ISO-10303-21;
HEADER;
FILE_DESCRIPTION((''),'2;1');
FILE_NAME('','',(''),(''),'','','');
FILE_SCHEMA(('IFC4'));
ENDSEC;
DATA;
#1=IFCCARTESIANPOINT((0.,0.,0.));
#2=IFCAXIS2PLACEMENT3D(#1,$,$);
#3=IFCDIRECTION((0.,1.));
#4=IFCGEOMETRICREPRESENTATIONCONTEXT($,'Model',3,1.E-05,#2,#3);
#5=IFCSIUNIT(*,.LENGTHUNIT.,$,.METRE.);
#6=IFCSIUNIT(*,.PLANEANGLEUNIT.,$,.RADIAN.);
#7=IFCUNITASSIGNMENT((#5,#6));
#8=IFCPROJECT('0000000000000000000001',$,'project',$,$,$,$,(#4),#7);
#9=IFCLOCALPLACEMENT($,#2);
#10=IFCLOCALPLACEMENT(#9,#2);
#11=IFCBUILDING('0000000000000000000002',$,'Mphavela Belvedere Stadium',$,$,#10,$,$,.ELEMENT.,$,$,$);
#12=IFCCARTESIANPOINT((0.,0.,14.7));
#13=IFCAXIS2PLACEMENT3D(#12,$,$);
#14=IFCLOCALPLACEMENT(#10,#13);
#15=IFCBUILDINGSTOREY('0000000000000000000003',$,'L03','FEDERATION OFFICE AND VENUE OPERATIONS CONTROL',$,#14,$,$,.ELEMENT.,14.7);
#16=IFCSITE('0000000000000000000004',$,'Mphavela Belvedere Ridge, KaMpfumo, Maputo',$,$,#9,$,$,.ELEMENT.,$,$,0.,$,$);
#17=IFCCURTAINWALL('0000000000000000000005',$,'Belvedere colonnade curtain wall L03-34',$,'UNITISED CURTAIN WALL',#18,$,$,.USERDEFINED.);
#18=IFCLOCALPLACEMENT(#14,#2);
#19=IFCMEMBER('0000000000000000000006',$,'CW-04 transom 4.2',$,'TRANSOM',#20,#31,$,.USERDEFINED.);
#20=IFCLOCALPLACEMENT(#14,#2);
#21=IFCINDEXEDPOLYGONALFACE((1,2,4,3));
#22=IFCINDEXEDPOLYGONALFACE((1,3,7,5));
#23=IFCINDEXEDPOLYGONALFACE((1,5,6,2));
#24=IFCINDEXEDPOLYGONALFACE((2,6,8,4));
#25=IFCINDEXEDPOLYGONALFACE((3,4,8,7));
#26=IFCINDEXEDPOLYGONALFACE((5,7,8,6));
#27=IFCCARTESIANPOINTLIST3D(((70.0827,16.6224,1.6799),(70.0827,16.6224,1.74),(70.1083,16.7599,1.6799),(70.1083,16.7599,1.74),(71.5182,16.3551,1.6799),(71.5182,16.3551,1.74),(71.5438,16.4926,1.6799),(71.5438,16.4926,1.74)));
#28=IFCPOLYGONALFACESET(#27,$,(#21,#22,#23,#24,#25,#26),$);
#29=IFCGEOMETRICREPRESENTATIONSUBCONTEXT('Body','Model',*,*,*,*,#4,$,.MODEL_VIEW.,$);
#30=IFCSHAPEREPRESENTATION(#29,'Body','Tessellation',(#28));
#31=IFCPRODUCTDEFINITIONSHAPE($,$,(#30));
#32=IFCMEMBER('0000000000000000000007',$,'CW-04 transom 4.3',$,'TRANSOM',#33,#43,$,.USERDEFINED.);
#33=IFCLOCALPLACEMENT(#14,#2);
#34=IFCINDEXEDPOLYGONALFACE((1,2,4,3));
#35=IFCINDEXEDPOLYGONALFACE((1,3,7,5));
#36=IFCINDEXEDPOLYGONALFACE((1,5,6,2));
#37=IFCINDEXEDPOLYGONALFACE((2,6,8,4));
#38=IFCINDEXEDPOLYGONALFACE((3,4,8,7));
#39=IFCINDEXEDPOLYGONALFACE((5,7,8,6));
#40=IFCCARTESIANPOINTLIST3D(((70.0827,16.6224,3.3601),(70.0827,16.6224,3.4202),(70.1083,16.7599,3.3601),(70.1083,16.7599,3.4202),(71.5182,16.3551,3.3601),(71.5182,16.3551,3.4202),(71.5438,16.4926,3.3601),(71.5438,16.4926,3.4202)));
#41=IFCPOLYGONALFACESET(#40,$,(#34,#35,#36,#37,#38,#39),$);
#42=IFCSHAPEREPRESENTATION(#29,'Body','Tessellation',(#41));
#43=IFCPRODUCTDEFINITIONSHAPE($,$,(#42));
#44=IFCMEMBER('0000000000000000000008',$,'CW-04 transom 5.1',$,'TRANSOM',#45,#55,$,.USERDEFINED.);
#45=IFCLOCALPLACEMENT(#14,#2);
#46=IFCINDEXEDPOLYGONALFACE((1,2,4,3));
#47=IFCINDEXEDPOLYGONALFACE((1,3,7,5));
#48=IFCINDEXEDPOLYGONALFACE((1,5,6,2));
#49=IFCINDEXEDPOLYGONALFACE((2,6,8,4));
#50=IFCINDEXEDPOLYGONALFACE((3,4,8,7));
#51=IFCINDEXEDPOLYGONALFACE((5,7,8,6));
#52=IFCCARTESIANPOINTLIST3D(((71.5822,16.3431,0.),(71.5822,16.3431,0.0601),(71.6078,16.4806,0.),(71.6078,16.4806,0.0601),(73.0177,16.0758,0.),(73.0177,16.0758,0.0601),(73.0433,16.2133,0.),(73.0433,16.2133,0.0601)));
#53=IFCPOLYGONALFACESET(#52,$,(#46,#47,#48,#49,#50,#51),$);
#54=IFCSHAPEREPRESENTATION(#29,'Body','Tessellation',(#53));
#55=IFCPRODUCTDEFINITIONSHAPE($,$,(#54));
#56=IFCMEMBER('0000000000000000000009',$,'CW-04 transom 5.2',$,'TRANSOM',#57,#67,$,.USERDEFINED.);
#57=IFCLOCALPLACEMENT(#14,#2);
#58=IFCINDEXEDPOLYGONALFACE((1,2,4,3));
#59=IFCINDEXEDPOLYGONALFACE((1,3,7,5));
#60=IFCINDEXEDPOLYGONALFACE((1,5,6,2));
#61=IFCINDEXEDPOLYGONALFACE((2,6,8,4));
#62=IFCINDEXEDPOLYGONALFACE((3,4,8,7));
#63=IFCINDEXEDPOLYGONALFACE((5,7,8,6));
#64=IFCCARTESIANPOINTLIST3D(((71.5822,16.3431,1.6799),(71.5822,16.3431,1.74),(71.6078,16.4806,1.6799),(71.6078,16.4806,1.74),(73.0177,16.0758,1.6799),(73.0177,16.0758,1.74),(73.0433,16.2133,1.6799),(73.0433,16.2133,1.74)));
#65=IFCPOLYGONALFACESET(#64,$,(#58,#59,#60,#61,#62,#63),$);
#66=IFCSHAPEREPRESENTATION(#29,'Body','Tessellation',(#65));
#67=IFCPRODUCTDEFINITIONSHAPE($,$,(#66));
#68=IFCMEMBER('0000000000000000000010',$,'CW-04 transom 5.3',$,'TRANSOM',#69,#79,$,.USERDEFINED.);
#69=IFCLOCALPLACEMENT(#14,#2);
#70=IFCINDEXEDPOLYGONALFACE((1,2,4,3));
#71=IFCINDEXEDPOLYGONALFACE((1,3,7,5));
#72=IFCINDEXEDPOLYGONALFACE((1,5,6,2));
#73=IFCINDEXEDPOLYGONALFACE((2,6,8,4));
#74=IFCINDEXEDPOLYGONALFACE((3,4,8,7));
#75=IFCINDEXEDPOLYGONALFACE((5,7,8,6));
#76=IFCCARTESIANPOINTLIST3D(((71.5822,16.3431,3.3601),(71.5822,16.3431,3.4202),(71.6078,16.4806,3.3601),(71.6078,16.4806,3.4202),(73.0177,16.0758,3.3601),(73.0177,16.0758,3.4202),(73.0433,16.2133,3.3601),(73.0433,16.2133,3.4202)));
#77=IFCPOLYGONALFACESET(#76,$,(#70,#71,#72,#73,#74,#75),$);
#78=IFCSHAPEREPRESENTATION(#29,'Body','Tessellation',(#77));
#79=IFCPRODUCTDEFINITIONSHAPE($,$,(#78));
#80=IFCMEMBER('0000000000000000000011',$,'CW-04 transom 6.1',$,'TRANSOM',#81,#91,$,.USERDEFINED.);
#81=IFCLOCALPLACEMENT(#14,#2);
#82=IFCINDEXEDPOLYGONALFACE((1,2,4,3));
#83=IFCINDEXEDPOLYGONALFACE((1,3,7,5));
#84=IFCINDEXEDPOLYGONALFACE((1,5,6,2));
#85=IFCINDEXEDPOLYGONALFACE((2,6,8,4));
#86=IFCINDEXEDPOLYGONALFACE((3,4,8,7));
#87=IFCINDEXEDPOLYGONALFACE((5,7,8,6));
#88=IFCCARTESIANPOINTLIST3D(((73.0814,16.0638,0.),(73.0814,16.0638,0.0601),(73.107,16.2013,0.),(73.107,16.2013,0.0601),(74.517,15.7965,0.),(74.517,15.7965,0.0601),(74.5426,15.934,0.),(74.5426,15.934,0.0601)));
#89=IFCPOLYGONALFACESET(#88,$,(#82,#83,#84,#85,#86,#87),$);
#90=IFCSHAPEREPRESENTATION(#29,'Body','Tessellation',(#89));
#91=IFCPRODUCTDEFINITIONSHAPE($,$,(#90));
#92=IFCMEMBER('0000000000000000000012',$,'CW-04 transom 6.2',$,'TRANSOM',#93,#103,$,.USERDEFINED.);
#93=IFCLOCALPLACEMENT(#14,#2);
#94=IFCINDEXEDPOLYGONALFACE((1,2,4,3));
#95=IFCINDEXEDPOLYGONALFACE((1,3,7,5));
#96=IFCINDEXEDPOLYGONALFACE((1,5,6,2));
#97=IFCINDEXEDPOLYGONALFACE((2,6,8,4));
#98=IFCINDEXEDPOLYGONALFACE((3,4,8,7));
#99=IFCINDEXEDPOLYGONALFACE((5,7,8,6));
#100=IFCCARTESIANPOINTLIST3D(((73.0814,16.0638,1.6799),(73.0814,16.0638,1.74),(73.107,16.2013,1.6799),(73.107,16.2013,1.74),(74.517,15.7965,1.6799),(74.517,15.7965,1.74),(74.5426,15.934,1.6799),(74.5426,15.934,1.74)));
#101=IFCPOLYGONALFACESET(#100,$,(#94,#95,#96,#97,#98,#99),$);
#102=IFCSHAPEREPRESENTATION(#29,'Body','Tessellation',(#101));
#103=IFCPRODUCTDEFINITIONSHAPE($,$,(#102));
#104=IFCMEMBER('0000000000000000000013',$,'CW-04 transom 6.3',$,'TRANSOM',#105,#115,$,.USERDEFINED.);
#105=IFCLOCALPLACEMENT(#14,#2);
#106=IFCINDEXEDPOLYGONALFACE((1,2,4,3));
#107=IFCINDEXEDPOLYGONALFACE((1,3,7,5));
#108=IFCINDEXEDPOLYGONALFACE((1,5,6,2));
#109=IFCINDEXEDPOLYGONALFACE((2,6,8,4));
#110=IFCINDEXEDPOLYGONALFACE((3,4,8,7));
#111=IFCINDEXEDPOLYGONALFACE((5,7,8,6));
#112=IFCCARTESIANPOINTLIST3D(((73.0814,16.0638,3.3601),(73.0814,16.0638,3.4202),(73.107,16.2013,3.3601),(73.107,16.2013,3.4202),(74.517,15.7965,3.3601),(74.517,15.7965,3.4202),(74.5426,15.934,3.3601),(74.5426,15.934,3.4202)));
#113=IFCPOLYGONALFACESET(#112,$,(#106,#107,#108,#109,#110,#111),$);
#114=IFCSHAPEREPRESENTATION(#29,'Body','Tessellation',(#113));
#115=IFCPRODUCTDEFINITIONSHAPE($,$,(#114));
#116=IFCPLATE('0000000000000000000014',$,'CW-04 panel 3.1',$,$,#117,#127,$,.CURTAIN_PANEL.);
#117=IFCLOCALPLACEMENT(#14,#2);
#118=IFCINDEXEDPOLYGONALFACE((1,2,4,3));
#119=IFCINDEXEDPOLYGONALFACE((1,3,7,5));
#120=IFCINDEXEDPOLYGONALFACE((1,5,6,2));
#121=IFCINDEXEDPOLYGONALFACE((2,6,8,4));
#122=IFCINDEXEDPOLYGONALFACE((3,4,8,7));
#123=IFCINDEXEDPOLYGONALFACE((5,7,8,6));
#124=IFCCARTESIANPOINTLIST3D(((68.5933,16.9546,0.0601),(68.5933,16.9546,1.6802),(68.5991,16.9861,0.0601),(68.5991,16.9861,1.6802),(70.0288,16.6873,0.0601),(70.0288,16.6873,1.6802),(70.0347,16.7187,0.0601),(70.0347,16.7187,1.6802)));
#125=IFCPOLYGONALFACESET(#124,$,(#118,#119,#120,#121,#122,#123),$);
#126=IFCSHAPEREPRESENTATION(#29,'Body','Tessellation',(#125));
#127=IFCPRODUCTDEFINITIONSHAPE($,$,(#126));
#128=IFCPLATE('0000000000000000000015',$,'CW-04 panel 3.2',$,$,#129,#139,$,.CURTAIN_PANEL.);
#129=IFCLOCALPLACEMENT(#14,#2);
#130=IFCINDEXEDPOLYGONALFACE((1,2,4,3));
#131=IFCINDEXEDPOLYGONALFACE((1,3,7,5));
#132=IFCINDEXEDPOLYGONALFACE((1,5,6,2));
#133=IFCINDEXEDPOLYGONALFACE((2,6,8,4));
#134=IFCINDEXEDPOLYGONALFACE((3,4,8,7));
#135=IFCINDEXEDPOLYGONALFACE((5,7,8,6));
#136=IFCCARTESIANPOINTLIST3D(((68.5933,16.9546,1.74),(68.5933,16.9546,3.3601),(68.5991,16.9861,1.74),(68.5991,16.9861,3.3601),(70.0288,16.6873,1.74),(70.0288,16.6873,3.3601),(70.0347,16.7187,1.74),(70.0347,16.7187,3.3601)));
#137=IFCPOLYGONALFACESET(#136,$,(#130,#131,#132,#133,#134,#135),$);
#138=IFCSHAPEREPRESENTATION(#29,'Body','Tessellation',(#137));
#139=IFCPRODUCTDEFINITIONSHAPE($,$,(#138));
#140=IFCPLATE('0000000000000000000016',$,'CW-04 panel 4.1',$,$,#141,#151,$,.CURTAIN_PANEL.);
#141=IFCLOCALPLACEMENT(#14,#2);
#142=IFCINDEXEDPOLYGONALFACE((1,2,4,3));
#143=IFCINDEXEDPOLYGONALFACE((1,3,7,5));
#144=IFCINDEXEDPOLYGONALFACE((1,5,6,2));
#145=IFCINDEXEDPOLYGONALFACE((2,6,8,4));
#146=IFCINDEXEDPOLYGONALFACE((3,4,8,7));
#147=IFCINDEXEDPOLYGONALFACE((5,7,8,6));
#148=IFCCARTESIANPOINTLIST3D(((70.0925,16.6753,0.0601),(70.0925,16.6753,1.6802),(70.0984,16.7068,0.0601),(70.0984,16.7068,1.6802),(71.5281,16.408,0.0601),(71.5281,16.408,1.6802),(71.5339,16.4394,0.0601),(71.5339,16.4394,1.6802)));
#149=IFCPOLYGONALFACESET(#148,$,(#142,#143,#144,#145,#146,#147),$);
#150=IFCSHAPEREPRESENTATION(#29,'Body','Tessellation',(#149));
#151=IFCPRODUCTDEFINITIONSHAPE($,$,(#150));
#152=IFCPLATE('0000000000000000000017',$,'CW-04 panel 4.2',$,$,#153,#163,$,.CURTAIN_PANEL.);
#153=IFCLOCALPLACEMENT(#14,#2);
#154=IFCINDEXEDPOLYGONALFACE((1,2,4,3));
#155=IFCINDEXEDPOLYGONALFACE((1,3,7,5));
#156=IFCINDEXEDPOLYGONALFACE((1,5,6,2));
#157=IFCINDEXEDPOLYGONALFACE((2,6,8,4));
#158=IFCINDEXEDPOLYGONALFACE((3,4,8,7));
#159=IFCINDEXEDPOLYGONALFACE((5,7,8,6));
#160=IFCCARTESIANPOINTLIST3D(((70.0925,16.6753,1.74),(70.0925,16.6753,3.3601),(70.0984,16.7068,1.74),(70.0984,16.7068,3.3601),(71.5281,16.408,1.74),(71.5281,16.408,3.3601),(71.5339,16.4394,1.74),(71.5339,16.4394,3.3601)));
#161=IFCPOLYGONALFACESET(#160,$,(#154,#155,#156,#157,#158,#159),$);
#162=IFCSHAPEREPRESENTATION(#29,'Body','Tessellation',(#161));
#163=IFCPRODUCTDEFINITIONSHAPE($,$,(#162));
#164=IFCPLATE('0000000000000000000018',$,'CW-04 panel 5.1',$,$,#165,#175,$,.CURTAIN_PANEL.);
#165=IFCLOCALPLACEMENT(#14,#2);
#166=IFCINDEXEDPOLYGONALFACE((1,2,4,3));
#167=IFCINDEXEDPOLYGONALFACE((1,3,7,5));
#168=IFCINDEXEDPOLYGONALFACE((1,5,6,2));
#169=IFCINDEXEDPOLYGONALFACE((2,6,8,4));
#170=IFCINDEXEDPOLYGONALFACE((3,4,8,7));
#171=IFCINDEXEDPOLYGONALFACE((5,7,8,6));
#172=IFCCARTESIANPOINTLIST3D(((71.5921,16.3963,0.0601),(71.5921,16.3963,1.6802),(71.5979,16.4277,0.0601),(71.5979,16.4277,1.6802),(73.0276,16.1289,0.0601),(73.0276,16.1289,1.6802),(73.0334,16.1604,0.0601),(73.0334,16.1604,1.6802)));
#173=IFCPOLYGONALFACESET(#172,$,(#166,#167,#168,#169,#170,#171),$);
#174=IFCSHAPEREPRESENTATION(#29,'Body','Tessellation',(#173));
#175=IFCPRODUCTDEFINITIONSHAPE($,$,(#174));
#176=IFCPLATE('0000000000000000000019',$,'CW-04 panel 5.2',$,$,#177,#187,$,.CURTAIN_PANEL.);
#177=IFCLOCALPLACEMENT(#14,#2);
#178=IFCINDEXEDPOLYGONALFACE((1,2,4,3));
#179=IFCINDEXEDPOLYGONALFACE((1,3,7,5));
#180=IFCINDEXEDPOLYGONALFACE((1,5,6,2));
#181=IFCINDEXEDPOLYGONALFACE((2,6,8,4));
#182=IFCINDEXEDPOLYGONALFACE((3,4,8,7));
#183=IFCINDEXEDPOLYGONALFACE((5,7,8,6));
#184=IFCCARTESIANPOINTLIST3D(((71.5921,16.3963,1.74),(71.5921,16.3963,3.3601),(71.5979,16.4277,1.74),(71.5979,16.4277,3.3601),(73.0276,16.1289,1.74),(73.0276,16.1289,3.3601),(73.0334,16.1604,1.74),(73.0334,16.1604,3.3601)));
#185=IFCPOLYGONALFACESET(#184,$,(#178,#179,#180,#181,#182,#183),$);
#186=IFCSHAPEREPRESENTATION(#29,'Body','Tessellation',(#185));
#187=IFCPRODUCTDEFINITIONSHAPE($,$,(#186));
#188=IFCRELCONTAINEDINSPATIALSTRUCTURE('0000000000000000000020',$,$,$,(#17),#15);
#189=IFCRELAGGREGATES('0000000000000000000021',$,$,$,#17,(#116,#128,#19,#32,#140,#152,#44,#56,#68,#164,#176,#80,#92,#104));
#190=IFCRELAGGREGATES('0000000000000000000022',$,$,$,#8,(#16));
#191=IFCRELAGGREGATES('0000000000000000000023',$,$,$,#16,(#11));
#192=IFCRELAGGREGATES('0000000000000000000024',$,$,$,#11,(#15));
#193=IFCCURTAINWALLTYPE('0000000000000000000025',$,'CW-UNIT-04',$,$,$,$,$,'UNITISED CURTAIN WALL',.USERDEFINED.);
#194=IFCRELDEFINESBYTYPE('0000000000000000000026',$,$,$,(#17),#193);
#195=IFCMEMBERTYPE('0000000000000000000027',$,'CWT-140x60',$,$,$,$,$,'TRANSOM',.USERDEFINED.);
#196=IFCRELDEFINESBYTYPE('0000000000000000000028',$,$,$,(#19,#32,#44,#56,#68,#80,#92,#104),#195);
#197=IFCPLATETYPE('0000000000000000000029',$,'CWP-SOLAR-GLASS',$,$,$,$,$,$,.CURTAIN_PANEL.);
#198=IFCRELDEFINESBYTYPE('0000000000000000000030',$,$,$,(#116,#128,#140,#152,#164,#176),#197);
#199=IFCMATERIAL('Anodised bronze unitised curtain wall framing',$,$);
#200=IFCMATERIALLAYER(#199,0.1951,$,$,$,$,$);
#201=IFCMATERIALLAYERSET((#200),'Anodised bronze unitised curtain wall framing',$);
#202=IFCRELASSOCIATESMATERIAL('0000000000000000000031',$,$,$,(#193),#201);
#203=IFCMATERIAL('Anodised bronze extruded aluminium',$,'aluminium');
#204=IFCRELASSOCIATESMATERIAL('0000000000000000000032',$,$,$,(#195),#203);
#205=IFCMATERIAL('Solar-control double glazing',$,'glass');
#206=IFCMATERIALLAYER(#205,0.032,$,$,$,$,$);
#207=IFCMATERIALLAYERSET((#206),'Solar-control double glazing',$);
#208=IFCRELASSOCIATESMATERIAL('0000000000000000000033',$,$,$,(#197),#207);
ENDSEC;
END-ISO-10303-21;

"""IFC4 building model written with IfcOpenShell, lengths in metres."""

from ifc_helpers import new_model, si_unit, direction, frame, origin, origin_2d, place, context, subcontext, project, spatial, rectangle, extrude, material, layer, layer_set, material_profile, profile_set, type_object, element, aggregate, save


model = new_model("IFC4")

# Units and contexts
model_context = context("Model", 3, precision=1e-05, world=origin(), true_north=direction((0.0, 1.0)))
body_context = subcontext(model_context, "Body", "Model", "MODEL_VIEW")
ifc_project = project(units=[si_unit("LENGTHUNIT", "METRE"), si_unit("PLANEANGLEUNIT", "RADIAN")], contexts=[model_context])

# Site, building, storey
site_placement = place(None, origin())
site = spatial("IfcSite", under=ifc_project, at=site_placement, Name="Mphavela Belvedere Ridge, KaMpfumo, Maputo", CompositionType="ELEMENT", RefElevation=0.0)
building_placement = place(site_placement, origin())
building = spatial("IfcBuilding", under=site, at=building_placement, Name="Mphavela Belvedere Stadium", CompositionType="ELEMENT")
storey_placement = place(building_placement, frame((0.0, 0.0, 14.7)))
storey = spatial("IfcBuildingStorey", under=building, at=storey_placement, Name="L03", Description="FEDERATION OFFICE AND VENUE OPERATIONS CONTROL", CompositionType="ELEMENT", Elevation=14.7)

# Curtain wall, members, plates
ifc_material_1 = material(Name="Anodised bronze unitised curtain wall framing")
ifc_layer_1 = layer(ifc_material_1, 0.1951)
ifc_layer_set_1 = layer_set([ifc_layer_1], Name="Anodised bronze unitised curtain wall framing")
curtain_wall_type = type_object("IfcCurtainWallType", Name="CW-UNIT-04", ElementType="UNITISED CURTAIN WALL", PredefinedType="USERDEFINED", material=ifc_layer_set_1)
curtain_wall_placement = place(storey_placement, origin())
curtain_wall = element("IfcCurtainWall", 1, at=curtain_wall_placement, inside=storey, type_object=curtain_wall_type, Name="Belvedere colonnade curtain wall L03-34", ObjectType="UNITISED CURTAIN WALL", PredefinedType="USERDEFINED")
ifc_material_2 = material(Name="Anodised bronze extruded aluminium", Category="aluminium")
ifc_material_profile_1 = material_profile(ifc_material_2, rectangle(XDim=0.1399, YDim=0.0601, at=origin_2d()), Name="CW-TRN 140x60")
ifc_profile_set_1 = profile_set([ifc_material_profile_1], Name="Anodised bronze extruded aluminium")
member_type_1 = type_object("IfcMemberType", Name="CWT-140x60", ElementType="TRANSOM", PredefinedType="USERDEFINED", material=ifc_profile_set_1)
member_1_placement = place(storey_placement, frame((70.0955, 16.6912, 1.71), z_axis=(0.983099, -0.183077, 0.0), x_axis=(0.183077, 0.983099, 0.0)))
member_1 = element("IfcMember", 2, at=member_1_placement, type_object=member_type_1, Name="CW-04 transom 4.2", ObjectType="TRANSOM", PredefinedType="USERDEFINED", context=body_context, shape_type="SweptSolid", body=[
    extrude(rectangle(XDim=0.1399, YDim=0.0601, at=origin_2d()), origin(), (0.0, 0.0, 1.0), 1.4602),
])
member_2_placement = place(storey_placement, frame((70.0955, 16.6912, 3.3901), z_axis=(0.983099, -0.183077, 0.0), x_axis=(0.183077, 0.983099, 0.0)))
member_2 = element("IfcMember", 3, at=member_2_placement, type_object=member_type_1, Name="CW-04 transom 4.3", ObjectType="TRANSOM", PredefinedType="USERDEFINED", context=body_context, shape_type="SweptSolid", body=[
    extrude(rectangle(XDim=0.1399, YDim=0.0601, at=origin_2d()), origin(), (0.0, 0.0, 1.0), 1.4602),
])
member_3_placement = place(storey_placement, frame((71.595, 16.4119, 0.03), z_axis=(0.983099, -0.183077, 0.0), x_axis=(0.183077, 0.983099, 0.0)))
member_3 = element("IfcMember", 4, at=member_3_placement, type_object=member_type_1, Name="CW-04 transom 5.1", ObjectType="TRANSOM", PredefinedType="USERDEFINED", context=body_context, shape_type="SweptSolid", body=[
    extrude(rectangle(XDim=0.1399, YDim=0.0601, at=origin_2d()), origin(), (0.0, 0.0, 1.0), 1.4602),
])
member_4_placement = place(storey_placement, frame((71.595, 16.4119, 1.71), z_axis=(0.983099, -0.183077, 0.0), x_axis=(0.183077, 0.983099, 0.0)))
member_4 = element("IfcMember", 5, at=member_4_placement, type_object=member_type_1, Name="CW-04 transom 5.2", ObjectType="TRANSOM", PredefinedType="USERDEFINED", context=body_context, shape_type="SweptSolid", body=[
    extrude(rectangle(XDim=0.1399, YDim=0.0601, at=origin_2d()), origin(), (0.0, 0.0, 1.0), 1.4602),
])
member_5_placement = place(storey_placement, frame((71.595, 16.4119, 3.3901), z_axis=(0.983099, -0.183077, 0.0), x_axis=(0.183077, 0.983099, 0.0)))
member_5 = element("IfcMember", 6, at=member_5_placement, type_object=member_type_1, Name="CW-04 transom 5.3", ObjectType="TRANSOM", PredefinedType="USERDEFINED", context=body_context, shape_type="SweptSolid", body=[
    extrude(rectangle(XDim=0.1399, YDim=0.0601, at=origin_2d()), origin(), (0.0, 0.0, 1.0), 1.4602),
])
member_6_placement = place(storey_placement, frame((73.0942, 16.1326, 0.03), z_axis=(0.983099, -0.183077, 0.0), x_axis=(0.183077, 0.983099, 0.0)))
member_6 = element("IfcMember", 7, at=member_6_placement, type_object=member_type_1, Name="CW-04 transom 6.1", ObjectType="TRANSOM", PredefinedType="USERDEFINED", context=body_context, shape_type="SweptSolid", body=[
    extrude(rectangle(XDim=0.1399, YDim=0.0601, at=origin_2d()), origin(), (0.0, 0.0, 1.0), 1.4602),
])
member_7_placement = place(storey_placement, frame((73.0942, 16.1326, 1.71), z_axis=(0.983099, -0.183077, 0.0), x_axis=(0.183077, 0.983099, 0.0)))
member_7 = element("IfcMember", 8, at=member_7_placement, type_object=member_type_1, Name="CW-04 transom 6.2", ObjectType="TRANSOM", PredefinedType="USERDEFINED", context=body_context, shape_type="SweptSolid", body=[
    extrude(rectangle(XDim=0.1399, YDim=0.0601, at=origin_2d()), origin(), (0.0, 0.0, 1.0), 1.4602),
])
member_8_placement = place(storey_placement, frame((73.0942, 16.1326, 3.3901), z_axis=(0.983099, -0.183077, 0.0), x_axis=(0.183077, 0.983099, 0.0)))
member_8 = element("IfcMember", 9, at=member_8_placement, type_object=member_type_1, Name="CW-04 transom 6.3", ObjectType="TRANSOM", PredefinedType="USERDEFINED", context=body_context, shape_type="SweptSolid", body=[
    extrude(rectangle(XDim=0.1399, YDim=0.0601, at=origin_2d()), origin(), (0.0, 0.0, 1.0), 1.4602),
])
ifc_material_3 = material(Name="Solar-control double glazing", Category="glass")
ifc_layer_2 = layer(ifc_material_3, 0.032)
ifc_layer_set_2 = layer_set([ifc_layer_2], Name="Solar-control double glazing")
plate_type = type_object("IfcPlateType", Name="CWP-SOLAR-GLASS", PredefinedType="CURTAIN_PANEL", material=ifc_layer_set_2)
plate_1_placement = place(storey_placement, frame((69.314, 16.8367, 0.0601), z_axis=(0.0, 0.0, 1.0), x_axis=(0.983097, -0.183088, 0.0)))
plate_1 = element("IfcPlate", 10, at=plate_1_placement, type_object=plate_type, Name="CW-04 panel 3.1", PredefinedType="CURTAIN_PANEL", context=body_context, shape_type="SweptSolid", body=[
    extrude(rectangle(XDim=1.4602, YDim=0.032, at=origin_2d()), origin(), (0.0, 0.0, 1.0), 1.6201),
])
plate_2_placement = place(storey_placement, frame((69.314, 16.8367, 1.74), z_axis=(0.0, 0.0, 1.0), x_axis=(0.983097, -0.183088, 0.0)))
plate_2 = element("IfcPlate", 11, at=plate_2_placement, type_object=plate_type, Name="CW-04 panel 3.2", PredefinedType="CURTAIN_PANEL", context=body_context, shape_type="SweptSolid", body=[
    extrude(rectangle(XDim=1.4602, YDim=0.032, at=origin_2d()), origin(), (0.0, 0.0, 1.0), 1.6201),
])
plate_3_placement = place(storey_placement, frame((70.8132, 16.5574, 0.0601), z_axis=(0.0, 0.0, 1.0), x_axis=(0.983097, -0.183088, 0.0)))
plate_3 = element("IfcPlate", 12, at=plate_3_placement, type_object=plate_type, Name="CW-04 panel 4.1", PredefinedType="CURTAIN_PANEL", context=body_context, shape_type="SweptSolid", body=[
    extrude(rectangle(XDim=1.4602, YDim=0.032, at=origin_2d()), origin(), (0.0, 0.0, 1.0), 1.6201),
])
plate_4_placement = place(storey_placement, frame((70.8132, 16.5574, 1.74), z_axis=(0.0, 0.0, 1.0), x_axis=(0.983097, -0.183088, 0.0)))
plate_4 = element("IfcPlate", 13, at=plate_4_placement, type_object=plate_type, Name="CW-04 panel 4.2", PredefinedType="CURTAIN_PANEL", context=body_context, shape_type="SweptSolid", body=[
    extrude(rectangle(XDim=1.4602, YDim=0.032, at=origin_2d()), origin(), (0.0, 0.0, 1.0), 1.6201),
])
plate_5_placement = place(storey_placement, frame((72.3127, 16.2783, 0.0601), z_axis=(0.0, 0.0, 1.0), x_axis=(0.983097, -0.183088, 0.0)))
plate_5 = element("IfcPlate", 14, at=plate_5_placement, type_object=plate_type, Name="CW-04 panel 5.1", PredefinedType="CURTAIN_PANEL", context=body_context, shape_type="SweptSolid", body=[
    extrude(rectangle(XDim=1.4602, YDim=0.032, at=origin_2d()), origin(), (0.0, 0.0, 1.0), 1.6201),
])
plate_6_placement = place(storey_placement, frame((72.3127, 16.2783, 1.74), z_axis=(0.0, 0.0, 1.0), x_axis=(0.983097, -0.183088, 0.0)))
plate_6 = element("IfcPlate", 15, at=plate_6_placement, type_object=plate_type, Name="CW-04 panel 5.2", PredefinedType="CURTAIN_PANEL", context=body_context, shape_type="SweptSolid", body=[
    extrude(rectangle(XDim=1.4602, YDim=0.032, at=origin_2d()), origin(), (0.0, 0.0, 1.0), 1.6201),
])
aggregate(curtain_wall, [plate_1, plate_2, member_1, member_2, plate_3, plate_4, member_3, member_4, member_5, plate_5, plate_6, member_6, member_7, member_8])

save(model, "model.ifc")
